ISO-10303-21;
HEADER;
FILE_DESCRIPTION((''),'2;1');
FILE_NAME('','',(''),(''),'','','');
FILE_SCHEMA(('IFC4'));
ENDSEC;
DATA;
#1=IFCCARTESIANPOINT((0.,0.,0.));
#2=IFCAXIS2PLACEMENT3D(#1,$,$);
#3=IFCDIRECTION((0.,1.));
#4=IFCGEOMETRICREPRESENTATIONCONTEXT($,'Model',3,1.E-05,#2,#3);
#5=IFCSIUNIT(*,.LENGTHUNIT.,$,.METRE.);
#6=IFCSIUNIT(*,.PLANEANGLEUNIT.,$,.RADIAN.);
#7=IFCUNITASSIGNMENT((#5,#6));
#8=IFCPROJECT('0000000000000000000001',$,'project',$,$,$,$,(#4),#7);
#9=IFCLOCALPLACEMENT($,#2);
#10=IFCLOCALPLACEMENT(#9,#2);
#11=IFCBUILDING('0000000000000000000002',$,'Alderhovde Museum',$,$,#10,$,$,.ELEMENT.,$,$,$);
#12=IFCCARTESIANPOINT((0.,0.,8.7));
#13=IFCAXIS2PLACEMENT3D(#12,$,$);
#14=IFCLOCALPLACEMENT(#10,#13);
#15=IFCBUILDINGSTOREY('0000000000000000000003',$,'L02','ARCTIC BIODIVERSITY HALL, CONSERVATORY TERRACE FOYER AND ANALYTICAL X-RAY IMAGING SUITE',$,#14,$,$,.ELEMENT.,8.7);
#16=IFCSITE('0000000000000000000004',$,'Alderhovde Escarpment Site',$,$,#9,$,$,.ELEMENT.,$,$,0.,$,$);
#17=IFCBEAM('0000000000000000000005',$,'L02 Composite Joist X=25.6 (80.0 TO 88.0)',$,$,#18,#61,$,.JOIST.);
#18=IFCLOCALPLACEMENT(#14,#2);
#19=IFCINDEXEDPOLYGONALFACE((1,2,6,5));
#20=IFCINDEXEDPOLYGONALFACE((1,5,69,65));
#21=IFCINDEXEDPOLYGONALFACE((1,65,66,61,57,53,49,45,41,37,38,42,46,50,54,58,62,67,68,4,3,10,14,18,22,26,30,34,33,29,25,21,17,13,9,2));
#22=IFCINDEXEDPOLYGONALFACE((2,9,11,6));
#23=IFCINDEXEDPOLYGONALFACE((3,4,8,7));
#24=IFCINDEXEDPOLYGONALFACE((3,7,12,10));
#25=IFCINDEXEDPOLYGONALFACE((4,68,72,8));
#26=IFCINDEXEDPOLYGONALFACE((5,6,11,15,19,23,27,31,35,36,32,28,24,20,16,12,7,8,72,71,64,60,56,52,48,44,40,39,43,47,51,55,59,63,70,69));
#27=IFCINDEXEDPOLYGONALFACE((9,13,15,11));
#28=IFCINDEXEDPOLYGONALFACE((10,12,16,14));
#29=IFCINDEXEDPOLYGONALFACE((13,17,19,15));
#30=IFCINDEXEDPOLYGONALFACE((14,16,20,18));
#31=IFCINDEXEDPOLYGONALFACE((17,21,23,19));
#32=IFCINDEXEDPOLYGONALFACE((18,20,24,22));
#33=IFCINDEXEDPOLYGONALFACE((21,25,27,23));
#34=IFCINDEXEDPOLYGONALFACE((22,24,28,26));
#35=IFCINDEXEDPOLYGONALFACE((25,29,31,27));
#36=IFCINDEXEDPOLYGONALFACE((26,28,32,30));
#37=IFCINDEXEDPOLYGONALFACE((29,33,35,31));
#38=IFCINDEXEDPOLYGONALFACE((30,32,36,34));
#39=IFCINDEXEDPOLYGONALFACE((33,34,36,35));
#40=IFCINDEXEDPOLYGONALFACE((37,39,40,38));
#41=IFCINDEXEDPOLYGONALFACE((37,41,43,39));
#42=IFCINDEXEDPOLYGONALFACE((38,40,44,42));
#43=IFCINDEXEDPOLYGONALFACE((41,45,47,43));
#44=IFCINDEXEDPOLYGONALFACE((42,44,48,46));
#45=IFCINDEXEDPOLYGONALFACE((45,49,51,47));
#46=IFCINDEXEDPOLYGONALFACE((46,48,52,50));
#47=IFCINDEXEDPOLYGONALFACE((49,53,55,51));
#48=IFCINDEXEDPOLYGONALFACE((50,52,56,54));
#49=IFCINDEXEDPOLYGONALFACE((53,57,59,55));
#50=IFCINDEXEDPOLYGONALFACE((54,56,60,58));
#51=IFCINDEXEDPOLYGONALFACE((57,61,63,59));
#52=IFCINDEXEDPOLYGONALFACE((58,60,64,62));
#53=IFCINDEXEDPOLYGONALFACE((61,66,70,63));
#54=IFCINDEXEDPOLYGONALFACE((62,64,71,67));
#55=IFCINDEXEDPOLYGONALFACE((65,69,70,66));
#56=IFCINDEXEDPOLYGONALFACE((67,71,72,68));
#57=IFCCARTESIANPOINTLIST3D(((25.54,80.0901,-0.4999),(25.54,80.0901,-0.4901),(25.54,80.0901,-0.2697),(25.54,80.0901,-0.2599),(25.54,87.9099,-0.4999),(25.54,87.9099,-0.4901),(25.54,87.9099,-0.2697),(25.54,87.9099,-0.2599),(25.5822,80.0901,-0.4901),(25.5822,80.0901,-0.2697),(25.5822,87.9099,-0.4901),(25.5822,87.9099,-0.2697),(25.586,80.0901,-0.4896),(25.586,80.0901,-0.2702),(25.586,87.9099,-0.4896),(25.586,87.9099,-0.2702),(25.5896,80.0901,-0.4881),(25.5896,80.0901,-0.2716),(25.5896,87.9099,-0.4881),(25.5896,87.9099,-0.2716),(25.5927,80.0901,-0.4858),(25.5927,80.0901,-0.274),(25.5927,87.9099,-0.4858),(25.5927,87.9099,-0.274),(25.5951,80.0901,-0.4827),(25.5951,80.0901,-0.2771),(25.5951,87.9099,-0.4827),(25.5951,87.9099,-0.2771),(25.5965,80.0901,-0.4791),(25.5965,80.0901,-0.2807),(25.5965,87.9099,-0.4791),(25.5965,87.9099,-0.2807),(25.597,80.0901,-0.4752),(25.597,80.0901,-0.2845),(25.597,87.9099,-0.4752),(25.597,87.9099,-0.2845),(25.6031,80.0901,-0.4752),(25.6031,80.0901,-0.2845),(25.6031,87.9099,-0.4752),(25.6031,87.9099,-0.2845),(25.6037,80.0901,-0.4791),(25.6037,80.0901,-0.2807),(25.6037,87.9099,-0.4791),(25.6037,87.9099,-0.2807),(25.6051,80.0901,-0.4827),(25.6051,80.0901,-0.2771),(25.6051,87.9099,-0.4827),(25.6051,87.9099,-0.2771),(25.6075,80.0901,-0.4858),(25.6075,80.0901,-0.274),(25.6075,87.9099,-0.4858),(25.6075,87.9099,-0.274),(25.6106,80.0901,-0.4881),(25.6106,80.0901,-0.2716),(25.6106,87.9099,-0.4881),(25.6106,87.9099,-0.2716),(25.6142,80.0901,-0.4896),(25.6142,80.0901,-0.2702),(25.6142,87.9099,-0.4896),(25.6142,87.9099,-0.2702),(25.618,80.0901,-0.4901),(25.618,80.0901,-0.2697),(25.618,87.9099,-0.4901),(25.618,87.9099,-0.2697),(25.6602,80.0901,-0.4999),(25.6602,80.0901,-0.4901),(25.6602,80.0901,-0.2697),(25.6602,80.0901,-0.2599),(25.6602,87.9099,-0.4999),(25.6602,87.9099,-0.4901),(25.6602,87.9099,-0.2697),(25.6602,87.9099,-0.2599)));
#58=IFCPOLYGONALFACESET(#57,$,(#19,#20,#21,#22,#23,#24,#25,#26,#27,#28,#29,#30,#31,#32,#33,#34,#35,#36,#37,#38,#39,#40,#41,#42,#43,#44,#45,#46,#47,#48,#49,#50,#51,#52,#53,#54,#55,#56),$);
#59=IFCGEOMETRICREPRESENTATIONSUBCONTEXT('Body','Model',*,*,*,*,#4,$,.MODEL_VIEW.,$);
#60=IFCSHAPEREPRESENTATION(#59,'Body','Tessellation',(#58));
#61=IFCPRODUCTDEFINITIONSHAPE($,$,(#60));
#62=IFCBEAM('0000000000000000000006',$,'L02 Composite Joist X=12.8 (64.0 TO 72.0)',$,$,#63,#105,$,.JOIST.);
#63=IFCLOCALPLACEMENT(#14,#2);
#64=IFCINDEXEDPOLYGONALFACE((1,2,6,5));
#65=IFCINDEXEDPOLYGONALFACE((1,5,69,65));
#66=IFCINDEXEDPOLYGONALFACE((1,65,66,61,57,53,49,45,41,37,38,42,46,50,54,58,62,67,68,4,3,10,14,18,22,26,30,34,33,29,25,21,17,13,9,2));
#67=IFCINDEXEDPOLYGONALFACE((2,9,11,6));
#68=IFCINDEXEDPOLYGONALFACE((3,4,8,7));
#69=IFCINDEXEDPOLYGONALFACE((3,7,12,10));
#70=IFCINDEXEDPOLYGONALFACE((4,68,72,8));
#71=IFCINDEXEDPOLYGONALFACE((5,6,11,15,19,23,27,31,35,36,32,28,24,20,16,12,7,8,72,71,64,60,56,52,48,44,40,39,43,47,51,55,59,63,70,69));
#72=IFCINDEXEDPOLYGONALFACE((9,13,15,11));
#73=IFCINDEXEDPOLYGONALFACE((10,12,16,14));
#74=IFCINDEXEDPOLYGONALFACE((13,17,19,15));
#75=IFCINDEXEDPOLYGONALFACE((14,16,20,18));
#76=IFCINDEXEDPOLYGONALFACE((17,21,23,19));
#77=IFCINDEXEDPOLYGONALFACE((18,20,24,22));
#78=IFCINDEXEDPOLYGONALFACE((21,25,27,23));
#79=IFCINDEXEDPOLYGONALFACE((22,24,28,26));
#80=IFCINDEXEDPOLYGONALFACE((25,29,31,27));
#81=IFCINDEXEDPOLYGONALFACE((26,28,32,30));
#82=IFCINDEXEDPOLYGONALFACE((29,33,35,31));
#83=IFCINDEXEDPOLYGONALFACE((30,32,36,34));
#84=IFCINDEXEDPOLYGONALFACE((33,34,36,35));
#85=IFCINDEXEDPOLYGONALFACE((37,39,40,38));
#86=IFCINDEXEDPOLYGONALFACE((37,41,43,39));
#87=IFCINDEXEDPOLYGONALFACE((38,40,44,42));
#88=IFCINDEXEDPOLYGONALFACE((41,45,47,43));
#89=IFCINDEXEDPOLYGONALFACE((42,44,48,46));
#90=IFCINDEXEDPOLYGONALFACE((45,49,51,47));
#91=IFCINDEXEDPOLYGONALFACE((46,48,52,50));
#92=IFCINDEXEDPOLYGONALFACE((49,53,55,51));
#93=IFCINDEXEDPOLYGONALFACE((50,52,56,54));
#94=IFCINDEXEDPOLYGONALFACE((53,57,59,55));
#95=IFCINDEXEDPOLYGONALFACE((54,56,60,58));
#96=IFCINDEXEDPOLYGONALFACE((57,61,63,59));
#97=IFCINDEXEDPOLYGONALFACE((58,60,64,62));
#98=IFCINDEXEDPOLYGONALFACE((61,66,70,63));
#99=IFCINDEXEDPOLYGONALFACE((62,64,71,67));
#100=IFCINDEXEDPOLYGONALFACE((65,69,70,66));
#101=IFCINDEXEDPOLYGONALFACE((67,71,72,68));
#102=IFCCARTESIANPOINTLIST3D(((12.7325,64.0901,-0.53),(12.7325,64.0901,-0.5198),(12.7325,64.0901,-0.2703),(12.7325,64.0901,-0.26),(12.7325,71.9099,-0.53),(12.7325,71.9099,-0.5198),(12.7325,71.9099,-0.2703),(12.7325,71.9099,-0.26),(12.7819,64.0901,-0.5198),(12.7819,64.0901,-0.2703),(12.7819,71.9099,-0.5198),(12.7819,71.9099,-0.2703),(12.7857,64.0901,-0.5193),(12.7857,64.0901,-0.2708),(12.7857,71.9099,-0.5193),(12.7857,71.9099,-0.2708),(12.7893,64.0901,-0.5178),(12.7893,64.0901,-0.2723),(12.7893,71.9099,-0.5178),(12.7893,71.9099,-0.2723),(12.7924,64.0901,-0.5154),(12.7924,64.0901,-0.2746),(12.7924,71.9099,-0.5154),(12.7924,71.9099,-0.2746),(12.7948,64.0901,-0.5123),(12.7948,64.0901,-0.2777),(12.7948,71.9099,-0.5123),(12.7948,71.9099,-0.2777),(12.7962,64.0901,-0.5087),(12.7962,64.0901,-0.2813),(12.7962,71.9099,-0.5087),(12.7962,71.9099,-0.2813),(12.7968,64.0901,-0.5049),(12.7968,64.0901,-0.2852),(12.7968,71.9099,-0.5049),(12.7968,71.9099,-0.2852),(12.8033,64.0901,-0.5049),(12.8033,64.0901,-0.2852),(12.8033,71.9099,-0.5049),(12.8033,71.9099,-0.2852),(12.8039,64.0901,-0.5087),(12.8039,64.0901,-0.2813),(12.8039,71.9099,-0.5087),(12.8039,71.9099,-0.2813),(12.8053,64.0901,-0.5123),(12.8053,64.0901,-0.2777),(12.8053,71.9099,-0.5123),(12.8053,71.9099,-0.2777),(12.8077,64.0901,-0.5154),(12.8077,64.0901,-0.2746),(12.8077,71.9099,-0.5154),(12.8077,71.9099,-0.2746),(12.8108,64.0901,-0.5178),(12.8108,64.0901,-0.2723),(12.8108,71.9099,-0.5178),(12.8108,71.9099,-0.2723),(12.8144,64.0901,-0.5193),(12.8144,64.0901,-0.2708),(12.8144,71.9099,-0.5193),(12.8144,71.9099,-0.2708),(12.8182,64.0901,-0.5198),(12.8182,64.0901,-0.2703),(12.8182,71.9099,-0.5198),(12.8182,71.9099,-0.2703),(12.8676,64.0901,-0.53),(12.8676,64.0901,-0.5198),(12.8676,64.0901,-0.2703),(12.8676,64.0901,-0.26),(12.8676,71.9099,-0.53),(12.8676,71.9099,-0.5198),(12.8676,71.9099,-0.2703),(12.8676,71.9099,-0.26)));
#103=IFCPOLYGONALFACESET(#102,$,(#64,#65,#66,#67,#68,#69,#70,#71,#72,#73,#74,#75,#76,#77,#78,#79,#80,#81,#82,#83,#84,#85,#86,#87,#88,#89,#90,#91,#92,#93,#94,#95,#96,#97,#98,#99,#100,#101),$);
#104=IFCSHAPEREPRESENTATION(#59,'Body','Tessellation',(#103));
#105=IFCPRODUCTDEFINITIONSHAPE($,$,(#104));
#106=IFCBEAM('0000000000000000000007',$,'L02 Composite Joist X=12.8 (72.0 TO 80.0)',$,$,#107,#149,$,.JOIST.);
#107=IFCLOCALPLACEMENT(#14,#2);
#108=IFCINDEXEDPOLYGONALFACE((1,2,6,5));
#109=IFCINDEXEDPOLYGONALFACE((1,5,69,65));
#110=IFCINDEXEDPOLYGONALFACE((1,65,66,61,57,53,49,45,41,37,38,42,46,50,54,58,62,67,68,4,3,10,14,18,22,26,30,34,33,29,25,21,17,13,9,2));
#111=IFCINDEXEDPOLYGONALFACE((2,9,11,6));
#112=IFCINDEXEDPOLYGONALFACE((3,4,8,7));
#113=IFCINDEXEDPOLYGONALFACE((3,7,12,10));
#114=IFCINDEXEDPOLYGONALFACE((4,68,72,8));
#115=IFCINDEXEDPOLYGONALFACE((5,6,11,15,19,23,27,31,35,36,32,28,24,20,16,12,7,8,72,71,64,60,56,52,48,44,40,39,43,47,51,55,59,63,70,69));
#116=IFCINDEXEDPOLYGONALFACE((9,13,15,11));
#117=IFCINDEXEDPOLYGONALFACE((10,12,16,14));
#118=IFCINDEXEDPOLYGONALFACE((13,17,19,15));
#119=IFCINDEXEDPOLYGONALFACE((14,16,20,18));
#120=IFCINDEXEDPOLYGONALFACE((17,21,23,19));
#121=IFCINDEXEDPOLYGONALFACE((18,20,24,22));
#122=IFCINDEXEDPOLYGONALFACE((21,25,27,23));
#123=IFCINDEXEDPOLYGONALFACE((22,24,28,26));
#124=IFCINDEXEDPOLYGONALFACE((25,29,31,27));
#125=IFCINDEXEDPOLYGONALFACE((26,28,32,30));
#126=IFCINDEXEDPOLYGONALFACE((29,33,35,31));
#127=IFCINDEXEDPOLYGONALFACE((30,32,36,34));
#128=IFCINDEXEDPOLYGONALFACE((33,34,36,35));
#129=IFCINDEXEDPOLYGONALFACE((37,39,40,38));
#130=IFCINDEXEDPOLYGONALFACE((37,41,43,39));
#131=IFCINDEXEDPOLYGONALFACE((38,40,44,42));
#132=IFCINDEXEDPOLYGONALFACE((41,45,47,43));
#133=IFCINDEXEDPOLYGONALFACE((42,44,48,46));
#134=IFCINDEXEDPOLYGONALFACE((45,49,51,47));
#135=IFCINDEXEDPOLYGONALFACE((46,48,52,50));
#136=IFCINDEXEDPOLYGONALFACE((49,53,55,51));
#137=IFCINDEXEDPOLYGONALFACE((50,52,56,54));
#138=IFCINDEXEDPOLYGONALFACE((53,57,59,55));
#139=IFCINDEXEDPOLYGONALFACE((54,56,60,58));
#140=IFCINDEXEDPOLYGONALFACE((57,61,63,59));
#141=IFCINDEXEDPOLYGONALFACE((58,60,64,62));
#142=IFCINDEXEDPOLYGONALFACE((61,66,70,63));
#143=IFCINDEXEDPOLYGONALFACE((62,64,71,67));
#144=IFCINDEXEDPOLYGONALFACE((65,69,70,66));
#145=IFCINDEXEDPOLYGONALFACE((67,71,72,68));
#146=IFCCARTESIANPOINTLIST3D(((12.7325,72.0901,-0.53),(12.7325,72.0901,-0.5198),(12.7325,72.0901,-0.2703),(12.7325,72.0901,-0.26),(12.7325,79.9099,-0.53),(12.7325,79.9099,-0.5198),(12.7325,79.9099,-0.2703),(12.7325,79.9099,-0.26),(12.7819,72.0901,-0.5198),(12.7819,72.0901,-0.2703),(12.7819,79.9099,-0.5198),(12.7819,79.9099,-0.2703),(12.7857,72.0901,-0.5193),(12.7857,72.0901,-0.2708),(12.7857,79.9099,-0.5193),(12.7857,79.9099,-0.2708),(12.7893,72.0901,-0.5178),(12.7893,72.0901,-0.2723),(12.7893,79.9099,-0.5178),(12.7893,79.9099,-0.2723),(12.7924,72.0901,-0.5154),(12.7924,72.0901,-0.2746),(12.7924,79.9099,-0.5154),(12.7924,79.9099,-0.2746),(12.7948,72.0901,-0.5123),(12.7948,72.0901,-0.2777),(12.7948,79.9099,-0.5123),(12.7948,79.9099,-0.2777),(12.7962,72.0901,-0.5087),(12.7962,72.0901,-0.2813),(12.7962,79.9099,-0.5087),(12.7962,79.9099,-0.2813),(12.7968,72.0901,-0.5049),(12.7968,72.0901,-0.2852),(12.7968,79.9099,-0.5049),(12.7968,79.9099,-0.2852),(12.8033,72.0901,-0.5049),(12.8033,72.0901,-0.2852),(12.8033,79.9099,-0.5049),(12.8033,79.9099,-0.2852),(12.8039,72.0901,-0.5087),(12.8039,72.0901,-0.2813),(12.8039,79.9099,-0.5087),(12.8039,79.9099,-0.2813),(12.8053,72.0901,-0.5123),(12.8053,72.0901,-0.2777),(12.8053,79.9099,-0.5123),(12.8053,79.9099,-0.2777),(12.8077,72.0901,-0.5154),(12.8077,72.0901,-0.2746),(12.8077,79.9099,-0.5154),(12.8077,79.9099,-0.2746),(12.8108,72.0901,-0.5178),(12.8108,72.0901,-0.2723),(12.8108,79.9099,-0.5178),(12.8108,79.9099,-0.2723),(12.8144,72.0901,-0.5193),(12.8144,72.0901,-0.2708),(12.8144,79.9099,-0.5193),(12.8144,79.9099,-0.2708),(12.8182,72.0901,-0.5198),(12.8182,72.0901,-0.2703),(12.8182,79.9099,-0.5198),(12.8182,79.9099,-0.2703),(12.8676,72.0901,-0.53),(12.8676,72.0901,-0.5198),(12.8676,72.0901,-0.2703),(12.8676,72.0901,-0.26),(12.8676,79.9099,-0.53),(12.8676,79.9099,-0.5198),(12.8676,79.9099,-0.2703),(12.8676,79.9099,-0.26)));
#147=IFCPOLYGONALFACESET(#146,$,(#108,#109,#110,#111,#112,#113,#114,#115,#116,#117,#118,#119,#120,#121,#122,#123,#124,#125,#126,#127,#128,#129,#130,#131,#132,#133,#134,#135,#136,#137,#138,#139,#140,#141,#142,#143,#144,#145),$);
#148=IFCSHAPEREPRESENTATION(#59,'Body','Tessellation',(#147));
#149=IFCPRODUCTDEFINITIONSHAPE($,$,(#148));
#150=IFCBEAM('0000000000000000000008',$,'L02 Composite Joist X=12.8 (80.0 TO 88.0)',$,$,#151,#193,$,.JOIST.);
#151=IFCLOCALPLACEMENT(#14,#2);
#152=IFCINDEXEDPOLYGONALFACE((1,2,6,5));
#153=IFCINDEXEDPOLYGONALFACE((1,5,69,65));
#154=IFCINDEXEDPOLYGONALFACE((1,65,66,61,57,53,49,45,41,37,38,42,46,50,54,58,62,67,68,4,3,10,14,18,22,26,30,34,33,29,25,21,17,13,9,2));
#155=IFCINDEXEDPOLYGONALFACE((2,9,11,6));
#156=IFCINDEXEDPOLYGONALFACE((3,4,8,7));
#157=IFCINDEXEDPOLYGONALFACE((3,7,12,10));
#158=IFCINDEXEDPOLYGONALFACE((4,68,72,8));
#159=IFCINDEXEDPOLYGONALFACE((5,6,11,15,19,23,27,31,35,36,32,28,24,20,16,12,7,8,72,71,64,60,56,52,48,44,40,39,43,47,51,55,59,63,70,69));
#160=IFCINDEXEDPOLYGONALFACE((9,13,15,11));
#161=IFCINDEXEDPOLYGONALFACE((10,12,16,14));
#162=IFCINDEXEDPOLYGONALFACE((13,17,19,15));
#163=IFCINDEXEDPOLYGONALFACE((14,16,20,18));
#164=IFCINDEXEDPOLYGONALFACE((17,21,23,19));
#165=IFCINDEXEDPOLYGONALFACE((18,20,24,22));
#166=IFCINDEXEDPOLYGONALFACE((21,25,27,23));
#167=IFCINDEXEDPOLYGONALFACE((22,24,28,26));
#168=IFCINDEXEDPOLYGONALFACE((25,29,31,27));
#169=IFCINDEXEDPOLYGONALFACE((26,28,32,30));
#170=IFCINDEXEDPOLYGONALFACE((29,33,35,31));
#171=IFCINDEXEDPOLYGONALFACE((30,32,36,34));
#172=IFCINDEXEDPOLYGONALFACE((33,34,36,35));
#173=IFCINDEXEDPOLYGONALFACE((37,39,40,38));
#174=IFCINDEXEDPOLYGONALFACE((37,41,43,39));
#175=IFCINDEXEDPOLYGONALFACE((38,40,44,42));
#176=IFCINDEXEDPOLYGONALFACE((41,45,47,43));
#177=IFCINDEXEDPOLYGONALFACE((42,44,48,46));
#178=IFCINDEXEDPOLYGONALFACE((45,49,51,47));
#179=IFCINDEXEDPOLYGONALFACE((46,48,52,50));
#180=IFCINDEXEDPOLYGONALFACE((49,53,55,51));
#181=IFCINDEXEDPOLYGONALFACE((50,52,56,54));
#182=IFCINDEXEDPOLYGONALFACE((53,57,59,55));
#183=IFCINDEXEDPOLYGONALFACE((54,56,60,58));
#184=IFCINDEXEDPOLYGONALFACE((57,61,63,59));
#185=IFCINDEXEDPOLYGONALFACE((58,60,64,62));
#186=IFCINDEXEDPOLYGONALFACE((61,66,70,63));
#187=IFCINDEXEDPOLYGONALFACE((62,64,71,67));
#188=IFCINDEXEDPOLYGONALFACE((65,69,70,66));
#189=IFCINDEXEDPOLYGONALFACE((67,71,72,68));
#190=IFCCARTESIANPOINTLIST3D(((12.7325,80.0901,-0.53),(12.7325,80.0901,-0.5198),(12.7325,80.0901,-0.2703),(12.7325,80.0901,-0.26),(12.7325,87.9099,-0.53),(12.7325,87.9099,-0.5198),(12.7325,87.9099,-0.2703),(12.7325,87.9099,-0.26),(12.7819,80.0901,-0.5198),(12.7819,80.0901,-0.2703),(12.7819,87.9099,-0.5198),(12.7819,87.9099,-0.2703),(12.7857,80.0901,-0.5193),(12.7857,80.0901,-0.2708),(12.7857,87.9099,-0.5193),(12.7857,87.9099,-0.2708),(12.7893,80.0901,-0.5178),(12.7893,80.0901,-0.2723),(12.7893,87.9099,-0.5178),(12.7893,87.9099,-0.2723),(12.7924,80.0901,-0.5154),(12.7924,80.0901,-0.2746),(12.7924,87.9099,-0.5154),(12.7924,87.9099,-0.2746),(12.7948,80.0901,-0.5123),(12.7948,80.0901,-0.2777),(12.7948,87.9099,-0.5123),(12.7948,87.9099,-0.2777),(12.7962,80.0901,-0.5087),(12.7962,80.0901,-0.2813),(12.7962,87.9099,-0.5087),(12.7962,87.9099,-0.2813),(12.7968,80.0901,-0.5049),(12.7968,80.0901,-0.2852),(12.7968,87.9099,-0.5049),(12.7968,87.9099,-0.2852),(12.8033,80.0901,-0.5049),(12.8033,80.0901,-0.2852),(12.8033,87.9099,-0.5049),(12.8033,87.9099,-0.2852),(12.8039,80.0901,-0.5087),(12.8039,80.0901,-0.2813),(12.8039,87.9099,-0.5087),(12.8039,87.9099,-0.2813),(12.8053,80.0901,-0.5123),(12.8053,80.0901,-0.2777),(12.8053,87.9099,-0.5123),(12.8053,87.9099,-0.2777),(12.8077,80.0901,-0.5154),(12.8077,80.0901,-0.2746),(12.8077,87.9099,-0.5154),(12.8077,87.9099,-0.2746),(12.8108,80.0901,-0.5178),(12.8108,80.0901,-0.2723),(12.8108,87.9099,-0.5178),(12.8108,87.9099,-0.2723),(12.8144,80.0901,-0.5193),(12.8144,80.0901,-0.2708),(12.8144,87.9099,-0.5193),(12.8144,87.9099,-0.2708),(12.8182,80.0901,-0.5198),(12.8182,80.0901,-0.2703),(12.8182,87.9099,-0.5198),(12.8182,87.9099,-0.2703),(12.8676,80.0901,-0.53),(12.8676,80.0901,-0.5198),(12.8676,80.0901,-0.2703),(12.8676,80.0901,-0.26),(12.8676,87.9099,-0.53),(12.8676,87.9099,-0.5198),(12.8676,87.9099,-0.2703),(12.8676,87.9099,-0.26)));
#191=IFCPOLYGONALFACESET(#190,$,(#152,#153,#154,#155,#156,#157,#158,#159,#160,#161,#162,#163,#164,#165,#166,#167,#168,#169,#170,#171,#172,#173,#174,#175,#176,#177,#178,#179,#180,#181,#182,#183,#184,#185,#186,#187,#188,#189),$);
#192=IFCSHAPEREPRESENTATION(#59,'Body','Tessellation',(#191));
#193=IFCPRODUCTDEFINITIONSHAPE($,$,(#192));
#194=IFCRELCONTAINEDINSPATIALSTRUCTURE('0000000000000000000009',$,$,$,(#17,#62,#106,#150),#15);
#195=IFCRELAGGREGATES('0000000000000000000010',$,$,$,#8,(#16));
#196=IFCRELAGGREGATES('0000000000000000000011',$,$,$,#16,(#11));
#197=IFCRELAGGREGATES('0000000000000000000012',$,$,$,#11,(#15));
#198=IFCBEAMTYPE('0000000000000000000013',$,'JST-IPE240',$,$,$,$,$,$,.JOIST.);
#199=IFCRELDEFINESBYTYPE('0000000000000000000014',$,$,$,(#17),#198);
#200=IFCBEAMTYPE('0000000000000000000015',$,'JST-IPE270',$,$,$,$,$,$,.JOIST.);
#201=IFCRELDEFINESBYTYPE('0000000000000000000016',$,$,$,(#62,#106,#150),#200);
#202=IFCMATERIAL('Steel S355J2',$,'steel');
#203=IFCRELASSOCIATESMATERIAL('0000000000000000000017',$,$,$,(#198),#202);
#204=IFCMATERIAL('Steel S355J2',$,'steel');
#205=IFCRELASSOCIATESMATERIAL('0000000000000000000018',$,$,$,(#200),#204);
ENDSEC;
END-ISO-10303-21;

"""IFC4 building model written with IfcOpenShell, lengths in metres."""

from ifc_helpers import new_model, si_unit, direction, frame, origin, origin_2d, place, context, subcontext, project, spatial, i_section, extrude, material, material_profile, profile_set, type_object, element, save


model = new_model("IFC4")

# Units and contexts
model_context = context("Model", 3, precision=1e-05, world=origin(), true_north=direction((0.0, 1.0)))
body_context = subcontext(model_context, "Body", "Model", "MODEL_VIEW")
ifc_project = project(units=[si_unit("LENGTHUNIT", "METRE"), si_unit("PLANEANGLEUNIT", "RADIAN")], contexts=[model_context])

# Site, building, storey
site_placement = place(None, origin())
site = spatial("IfcSite", under=ifc_project, at=site_placement, Name="Alderhovde Escarpment Site", CompositionType="ELEMENT", RefElevation=0.0)
building_placement = place(site_placement, origin())
building = spatial("IfcBuilding", under=site, at=building_placement, Name="Alderhovde Museum", CompositionType="ELEMENT")
storey_placement = place(building_placement, frame((0.0, 0.0, 8.7)))
storey = spatial("IfcBuildingStorey", under=building, at=storey_placement, Name="L02", Description="ARCTIC BIODIVERSITY HALL, CONSERVATORY TERRACE FOYER AND ANALYTICAL X-RAY IMAGING SUITE", CompositionType="ELEMENT", Elevation=8.7)

# Beams
ifc_material_1 = material(Name="Steel S355J2", Category="steel")
ifc_material_profile_1 = material_profile(ifc_material_1, i_section(OverallWidth=0.1201, OverallDepth=0.24, WebThickness=0.0061, FlangeThickness=0.0098, FilletRadius=0.0149, at=origin_2d()), Name="IPE 240")
ifc_profile_set_1 = profile_set([ifc_material_profile_1], Name="Steel S355J2")
beam_type_1 = type_object("IfcBeamType", Name="JST-IPE240", PredefinedType="JOIST", material=ifc_profile_set_1)
for number, where, z_axis, x_axis, name in (
    (1, (25.6001, 80.0901, -0.3799), (0.0, 1.0, 0.0), (-1.0, 0.0, 0.0), "L02 Composite Joist X=25.6 (80.0 TO 88.0)"),
):
    element("IfcBeam", number, at=place(storey_placement, frame(where, z_axis=z_axis, x_axis=x_axis)), inside=storey, type_object=beam_type_1, Name=name, PredefinedType="JOIST", context=body_context, shape_type="SweptSolid", body=[
        extrude(i_section(OverallWidth=0.1201, OverallDepth=0.24, WebThickness=0.0061, FlangeThickness=0.0098, FilletRadius=0.0149, at=origin_2d()), origin(), (0.0, 0.0, 1.0), 7.8198),
    ])
ifc_material_2 = material(Name="Steel S355J2", Category="steel")
ifc_material_profile_2 = material_profile(ifc_material_2, i_section(OverallWidth=0.135, OverallDepth=0.27, WebThickness=0.0066, FlangeThickness=0.0103, FilletRadius=0.0149, at=origin_2d()), Name="IPE 270")
ifc_profile_set_2 = profile_set([ifc_material_profile_2], Name="Steel S355J2")
beam_type_2 = type_object("IfcBeamType", Name="JST-IPE270", PredefinedType="JOIST", material=ifc_profile_set_2)
for number, where, z_axis, x_axis, name in (
    (2, (12.8, 64.0901, -0.395), (0.0, 1.0, 0.0), (-1.0, 0.0, 0.0), "L02 Composite Joist X=12.8 (64.0 TO 72.0)"),
    (3, (12.8, 72.0901, -0.395), (0.0, 1.0, 0.0), (-1.0, 0.0, 0.0), "L02 Composite Joist X=12.8 (72.0 TO 80.0)"),
    (4, (12.8, 80.0901, -0.395), (0.0, 1.0, 0.0), (-1.0, 0.0, 0.0), "L02 Composite Joist X=12.8 (80.0 TO 88.0)"),
):
    element("IfcBeam", number, at=place(storey_placement, frame(where, z_axis=z_axis, x_axis=x_axis)), inside=storey, type_object=beam_type_2, Name=name, PredefinedType="JOIST", context=body_context, shape_type="SweptSolid", body=[
        extrude(i_section(OverallWidth=0.135, OverallDepth=0.27, WebThickness=0.0066, FlangeThickness=0.0103, FilletRadius=0.0149, at=origin_2d()), origin(), (0.0, 0.0, 1.0), 7.8198),
    ])

save(model, "model.ifc")
